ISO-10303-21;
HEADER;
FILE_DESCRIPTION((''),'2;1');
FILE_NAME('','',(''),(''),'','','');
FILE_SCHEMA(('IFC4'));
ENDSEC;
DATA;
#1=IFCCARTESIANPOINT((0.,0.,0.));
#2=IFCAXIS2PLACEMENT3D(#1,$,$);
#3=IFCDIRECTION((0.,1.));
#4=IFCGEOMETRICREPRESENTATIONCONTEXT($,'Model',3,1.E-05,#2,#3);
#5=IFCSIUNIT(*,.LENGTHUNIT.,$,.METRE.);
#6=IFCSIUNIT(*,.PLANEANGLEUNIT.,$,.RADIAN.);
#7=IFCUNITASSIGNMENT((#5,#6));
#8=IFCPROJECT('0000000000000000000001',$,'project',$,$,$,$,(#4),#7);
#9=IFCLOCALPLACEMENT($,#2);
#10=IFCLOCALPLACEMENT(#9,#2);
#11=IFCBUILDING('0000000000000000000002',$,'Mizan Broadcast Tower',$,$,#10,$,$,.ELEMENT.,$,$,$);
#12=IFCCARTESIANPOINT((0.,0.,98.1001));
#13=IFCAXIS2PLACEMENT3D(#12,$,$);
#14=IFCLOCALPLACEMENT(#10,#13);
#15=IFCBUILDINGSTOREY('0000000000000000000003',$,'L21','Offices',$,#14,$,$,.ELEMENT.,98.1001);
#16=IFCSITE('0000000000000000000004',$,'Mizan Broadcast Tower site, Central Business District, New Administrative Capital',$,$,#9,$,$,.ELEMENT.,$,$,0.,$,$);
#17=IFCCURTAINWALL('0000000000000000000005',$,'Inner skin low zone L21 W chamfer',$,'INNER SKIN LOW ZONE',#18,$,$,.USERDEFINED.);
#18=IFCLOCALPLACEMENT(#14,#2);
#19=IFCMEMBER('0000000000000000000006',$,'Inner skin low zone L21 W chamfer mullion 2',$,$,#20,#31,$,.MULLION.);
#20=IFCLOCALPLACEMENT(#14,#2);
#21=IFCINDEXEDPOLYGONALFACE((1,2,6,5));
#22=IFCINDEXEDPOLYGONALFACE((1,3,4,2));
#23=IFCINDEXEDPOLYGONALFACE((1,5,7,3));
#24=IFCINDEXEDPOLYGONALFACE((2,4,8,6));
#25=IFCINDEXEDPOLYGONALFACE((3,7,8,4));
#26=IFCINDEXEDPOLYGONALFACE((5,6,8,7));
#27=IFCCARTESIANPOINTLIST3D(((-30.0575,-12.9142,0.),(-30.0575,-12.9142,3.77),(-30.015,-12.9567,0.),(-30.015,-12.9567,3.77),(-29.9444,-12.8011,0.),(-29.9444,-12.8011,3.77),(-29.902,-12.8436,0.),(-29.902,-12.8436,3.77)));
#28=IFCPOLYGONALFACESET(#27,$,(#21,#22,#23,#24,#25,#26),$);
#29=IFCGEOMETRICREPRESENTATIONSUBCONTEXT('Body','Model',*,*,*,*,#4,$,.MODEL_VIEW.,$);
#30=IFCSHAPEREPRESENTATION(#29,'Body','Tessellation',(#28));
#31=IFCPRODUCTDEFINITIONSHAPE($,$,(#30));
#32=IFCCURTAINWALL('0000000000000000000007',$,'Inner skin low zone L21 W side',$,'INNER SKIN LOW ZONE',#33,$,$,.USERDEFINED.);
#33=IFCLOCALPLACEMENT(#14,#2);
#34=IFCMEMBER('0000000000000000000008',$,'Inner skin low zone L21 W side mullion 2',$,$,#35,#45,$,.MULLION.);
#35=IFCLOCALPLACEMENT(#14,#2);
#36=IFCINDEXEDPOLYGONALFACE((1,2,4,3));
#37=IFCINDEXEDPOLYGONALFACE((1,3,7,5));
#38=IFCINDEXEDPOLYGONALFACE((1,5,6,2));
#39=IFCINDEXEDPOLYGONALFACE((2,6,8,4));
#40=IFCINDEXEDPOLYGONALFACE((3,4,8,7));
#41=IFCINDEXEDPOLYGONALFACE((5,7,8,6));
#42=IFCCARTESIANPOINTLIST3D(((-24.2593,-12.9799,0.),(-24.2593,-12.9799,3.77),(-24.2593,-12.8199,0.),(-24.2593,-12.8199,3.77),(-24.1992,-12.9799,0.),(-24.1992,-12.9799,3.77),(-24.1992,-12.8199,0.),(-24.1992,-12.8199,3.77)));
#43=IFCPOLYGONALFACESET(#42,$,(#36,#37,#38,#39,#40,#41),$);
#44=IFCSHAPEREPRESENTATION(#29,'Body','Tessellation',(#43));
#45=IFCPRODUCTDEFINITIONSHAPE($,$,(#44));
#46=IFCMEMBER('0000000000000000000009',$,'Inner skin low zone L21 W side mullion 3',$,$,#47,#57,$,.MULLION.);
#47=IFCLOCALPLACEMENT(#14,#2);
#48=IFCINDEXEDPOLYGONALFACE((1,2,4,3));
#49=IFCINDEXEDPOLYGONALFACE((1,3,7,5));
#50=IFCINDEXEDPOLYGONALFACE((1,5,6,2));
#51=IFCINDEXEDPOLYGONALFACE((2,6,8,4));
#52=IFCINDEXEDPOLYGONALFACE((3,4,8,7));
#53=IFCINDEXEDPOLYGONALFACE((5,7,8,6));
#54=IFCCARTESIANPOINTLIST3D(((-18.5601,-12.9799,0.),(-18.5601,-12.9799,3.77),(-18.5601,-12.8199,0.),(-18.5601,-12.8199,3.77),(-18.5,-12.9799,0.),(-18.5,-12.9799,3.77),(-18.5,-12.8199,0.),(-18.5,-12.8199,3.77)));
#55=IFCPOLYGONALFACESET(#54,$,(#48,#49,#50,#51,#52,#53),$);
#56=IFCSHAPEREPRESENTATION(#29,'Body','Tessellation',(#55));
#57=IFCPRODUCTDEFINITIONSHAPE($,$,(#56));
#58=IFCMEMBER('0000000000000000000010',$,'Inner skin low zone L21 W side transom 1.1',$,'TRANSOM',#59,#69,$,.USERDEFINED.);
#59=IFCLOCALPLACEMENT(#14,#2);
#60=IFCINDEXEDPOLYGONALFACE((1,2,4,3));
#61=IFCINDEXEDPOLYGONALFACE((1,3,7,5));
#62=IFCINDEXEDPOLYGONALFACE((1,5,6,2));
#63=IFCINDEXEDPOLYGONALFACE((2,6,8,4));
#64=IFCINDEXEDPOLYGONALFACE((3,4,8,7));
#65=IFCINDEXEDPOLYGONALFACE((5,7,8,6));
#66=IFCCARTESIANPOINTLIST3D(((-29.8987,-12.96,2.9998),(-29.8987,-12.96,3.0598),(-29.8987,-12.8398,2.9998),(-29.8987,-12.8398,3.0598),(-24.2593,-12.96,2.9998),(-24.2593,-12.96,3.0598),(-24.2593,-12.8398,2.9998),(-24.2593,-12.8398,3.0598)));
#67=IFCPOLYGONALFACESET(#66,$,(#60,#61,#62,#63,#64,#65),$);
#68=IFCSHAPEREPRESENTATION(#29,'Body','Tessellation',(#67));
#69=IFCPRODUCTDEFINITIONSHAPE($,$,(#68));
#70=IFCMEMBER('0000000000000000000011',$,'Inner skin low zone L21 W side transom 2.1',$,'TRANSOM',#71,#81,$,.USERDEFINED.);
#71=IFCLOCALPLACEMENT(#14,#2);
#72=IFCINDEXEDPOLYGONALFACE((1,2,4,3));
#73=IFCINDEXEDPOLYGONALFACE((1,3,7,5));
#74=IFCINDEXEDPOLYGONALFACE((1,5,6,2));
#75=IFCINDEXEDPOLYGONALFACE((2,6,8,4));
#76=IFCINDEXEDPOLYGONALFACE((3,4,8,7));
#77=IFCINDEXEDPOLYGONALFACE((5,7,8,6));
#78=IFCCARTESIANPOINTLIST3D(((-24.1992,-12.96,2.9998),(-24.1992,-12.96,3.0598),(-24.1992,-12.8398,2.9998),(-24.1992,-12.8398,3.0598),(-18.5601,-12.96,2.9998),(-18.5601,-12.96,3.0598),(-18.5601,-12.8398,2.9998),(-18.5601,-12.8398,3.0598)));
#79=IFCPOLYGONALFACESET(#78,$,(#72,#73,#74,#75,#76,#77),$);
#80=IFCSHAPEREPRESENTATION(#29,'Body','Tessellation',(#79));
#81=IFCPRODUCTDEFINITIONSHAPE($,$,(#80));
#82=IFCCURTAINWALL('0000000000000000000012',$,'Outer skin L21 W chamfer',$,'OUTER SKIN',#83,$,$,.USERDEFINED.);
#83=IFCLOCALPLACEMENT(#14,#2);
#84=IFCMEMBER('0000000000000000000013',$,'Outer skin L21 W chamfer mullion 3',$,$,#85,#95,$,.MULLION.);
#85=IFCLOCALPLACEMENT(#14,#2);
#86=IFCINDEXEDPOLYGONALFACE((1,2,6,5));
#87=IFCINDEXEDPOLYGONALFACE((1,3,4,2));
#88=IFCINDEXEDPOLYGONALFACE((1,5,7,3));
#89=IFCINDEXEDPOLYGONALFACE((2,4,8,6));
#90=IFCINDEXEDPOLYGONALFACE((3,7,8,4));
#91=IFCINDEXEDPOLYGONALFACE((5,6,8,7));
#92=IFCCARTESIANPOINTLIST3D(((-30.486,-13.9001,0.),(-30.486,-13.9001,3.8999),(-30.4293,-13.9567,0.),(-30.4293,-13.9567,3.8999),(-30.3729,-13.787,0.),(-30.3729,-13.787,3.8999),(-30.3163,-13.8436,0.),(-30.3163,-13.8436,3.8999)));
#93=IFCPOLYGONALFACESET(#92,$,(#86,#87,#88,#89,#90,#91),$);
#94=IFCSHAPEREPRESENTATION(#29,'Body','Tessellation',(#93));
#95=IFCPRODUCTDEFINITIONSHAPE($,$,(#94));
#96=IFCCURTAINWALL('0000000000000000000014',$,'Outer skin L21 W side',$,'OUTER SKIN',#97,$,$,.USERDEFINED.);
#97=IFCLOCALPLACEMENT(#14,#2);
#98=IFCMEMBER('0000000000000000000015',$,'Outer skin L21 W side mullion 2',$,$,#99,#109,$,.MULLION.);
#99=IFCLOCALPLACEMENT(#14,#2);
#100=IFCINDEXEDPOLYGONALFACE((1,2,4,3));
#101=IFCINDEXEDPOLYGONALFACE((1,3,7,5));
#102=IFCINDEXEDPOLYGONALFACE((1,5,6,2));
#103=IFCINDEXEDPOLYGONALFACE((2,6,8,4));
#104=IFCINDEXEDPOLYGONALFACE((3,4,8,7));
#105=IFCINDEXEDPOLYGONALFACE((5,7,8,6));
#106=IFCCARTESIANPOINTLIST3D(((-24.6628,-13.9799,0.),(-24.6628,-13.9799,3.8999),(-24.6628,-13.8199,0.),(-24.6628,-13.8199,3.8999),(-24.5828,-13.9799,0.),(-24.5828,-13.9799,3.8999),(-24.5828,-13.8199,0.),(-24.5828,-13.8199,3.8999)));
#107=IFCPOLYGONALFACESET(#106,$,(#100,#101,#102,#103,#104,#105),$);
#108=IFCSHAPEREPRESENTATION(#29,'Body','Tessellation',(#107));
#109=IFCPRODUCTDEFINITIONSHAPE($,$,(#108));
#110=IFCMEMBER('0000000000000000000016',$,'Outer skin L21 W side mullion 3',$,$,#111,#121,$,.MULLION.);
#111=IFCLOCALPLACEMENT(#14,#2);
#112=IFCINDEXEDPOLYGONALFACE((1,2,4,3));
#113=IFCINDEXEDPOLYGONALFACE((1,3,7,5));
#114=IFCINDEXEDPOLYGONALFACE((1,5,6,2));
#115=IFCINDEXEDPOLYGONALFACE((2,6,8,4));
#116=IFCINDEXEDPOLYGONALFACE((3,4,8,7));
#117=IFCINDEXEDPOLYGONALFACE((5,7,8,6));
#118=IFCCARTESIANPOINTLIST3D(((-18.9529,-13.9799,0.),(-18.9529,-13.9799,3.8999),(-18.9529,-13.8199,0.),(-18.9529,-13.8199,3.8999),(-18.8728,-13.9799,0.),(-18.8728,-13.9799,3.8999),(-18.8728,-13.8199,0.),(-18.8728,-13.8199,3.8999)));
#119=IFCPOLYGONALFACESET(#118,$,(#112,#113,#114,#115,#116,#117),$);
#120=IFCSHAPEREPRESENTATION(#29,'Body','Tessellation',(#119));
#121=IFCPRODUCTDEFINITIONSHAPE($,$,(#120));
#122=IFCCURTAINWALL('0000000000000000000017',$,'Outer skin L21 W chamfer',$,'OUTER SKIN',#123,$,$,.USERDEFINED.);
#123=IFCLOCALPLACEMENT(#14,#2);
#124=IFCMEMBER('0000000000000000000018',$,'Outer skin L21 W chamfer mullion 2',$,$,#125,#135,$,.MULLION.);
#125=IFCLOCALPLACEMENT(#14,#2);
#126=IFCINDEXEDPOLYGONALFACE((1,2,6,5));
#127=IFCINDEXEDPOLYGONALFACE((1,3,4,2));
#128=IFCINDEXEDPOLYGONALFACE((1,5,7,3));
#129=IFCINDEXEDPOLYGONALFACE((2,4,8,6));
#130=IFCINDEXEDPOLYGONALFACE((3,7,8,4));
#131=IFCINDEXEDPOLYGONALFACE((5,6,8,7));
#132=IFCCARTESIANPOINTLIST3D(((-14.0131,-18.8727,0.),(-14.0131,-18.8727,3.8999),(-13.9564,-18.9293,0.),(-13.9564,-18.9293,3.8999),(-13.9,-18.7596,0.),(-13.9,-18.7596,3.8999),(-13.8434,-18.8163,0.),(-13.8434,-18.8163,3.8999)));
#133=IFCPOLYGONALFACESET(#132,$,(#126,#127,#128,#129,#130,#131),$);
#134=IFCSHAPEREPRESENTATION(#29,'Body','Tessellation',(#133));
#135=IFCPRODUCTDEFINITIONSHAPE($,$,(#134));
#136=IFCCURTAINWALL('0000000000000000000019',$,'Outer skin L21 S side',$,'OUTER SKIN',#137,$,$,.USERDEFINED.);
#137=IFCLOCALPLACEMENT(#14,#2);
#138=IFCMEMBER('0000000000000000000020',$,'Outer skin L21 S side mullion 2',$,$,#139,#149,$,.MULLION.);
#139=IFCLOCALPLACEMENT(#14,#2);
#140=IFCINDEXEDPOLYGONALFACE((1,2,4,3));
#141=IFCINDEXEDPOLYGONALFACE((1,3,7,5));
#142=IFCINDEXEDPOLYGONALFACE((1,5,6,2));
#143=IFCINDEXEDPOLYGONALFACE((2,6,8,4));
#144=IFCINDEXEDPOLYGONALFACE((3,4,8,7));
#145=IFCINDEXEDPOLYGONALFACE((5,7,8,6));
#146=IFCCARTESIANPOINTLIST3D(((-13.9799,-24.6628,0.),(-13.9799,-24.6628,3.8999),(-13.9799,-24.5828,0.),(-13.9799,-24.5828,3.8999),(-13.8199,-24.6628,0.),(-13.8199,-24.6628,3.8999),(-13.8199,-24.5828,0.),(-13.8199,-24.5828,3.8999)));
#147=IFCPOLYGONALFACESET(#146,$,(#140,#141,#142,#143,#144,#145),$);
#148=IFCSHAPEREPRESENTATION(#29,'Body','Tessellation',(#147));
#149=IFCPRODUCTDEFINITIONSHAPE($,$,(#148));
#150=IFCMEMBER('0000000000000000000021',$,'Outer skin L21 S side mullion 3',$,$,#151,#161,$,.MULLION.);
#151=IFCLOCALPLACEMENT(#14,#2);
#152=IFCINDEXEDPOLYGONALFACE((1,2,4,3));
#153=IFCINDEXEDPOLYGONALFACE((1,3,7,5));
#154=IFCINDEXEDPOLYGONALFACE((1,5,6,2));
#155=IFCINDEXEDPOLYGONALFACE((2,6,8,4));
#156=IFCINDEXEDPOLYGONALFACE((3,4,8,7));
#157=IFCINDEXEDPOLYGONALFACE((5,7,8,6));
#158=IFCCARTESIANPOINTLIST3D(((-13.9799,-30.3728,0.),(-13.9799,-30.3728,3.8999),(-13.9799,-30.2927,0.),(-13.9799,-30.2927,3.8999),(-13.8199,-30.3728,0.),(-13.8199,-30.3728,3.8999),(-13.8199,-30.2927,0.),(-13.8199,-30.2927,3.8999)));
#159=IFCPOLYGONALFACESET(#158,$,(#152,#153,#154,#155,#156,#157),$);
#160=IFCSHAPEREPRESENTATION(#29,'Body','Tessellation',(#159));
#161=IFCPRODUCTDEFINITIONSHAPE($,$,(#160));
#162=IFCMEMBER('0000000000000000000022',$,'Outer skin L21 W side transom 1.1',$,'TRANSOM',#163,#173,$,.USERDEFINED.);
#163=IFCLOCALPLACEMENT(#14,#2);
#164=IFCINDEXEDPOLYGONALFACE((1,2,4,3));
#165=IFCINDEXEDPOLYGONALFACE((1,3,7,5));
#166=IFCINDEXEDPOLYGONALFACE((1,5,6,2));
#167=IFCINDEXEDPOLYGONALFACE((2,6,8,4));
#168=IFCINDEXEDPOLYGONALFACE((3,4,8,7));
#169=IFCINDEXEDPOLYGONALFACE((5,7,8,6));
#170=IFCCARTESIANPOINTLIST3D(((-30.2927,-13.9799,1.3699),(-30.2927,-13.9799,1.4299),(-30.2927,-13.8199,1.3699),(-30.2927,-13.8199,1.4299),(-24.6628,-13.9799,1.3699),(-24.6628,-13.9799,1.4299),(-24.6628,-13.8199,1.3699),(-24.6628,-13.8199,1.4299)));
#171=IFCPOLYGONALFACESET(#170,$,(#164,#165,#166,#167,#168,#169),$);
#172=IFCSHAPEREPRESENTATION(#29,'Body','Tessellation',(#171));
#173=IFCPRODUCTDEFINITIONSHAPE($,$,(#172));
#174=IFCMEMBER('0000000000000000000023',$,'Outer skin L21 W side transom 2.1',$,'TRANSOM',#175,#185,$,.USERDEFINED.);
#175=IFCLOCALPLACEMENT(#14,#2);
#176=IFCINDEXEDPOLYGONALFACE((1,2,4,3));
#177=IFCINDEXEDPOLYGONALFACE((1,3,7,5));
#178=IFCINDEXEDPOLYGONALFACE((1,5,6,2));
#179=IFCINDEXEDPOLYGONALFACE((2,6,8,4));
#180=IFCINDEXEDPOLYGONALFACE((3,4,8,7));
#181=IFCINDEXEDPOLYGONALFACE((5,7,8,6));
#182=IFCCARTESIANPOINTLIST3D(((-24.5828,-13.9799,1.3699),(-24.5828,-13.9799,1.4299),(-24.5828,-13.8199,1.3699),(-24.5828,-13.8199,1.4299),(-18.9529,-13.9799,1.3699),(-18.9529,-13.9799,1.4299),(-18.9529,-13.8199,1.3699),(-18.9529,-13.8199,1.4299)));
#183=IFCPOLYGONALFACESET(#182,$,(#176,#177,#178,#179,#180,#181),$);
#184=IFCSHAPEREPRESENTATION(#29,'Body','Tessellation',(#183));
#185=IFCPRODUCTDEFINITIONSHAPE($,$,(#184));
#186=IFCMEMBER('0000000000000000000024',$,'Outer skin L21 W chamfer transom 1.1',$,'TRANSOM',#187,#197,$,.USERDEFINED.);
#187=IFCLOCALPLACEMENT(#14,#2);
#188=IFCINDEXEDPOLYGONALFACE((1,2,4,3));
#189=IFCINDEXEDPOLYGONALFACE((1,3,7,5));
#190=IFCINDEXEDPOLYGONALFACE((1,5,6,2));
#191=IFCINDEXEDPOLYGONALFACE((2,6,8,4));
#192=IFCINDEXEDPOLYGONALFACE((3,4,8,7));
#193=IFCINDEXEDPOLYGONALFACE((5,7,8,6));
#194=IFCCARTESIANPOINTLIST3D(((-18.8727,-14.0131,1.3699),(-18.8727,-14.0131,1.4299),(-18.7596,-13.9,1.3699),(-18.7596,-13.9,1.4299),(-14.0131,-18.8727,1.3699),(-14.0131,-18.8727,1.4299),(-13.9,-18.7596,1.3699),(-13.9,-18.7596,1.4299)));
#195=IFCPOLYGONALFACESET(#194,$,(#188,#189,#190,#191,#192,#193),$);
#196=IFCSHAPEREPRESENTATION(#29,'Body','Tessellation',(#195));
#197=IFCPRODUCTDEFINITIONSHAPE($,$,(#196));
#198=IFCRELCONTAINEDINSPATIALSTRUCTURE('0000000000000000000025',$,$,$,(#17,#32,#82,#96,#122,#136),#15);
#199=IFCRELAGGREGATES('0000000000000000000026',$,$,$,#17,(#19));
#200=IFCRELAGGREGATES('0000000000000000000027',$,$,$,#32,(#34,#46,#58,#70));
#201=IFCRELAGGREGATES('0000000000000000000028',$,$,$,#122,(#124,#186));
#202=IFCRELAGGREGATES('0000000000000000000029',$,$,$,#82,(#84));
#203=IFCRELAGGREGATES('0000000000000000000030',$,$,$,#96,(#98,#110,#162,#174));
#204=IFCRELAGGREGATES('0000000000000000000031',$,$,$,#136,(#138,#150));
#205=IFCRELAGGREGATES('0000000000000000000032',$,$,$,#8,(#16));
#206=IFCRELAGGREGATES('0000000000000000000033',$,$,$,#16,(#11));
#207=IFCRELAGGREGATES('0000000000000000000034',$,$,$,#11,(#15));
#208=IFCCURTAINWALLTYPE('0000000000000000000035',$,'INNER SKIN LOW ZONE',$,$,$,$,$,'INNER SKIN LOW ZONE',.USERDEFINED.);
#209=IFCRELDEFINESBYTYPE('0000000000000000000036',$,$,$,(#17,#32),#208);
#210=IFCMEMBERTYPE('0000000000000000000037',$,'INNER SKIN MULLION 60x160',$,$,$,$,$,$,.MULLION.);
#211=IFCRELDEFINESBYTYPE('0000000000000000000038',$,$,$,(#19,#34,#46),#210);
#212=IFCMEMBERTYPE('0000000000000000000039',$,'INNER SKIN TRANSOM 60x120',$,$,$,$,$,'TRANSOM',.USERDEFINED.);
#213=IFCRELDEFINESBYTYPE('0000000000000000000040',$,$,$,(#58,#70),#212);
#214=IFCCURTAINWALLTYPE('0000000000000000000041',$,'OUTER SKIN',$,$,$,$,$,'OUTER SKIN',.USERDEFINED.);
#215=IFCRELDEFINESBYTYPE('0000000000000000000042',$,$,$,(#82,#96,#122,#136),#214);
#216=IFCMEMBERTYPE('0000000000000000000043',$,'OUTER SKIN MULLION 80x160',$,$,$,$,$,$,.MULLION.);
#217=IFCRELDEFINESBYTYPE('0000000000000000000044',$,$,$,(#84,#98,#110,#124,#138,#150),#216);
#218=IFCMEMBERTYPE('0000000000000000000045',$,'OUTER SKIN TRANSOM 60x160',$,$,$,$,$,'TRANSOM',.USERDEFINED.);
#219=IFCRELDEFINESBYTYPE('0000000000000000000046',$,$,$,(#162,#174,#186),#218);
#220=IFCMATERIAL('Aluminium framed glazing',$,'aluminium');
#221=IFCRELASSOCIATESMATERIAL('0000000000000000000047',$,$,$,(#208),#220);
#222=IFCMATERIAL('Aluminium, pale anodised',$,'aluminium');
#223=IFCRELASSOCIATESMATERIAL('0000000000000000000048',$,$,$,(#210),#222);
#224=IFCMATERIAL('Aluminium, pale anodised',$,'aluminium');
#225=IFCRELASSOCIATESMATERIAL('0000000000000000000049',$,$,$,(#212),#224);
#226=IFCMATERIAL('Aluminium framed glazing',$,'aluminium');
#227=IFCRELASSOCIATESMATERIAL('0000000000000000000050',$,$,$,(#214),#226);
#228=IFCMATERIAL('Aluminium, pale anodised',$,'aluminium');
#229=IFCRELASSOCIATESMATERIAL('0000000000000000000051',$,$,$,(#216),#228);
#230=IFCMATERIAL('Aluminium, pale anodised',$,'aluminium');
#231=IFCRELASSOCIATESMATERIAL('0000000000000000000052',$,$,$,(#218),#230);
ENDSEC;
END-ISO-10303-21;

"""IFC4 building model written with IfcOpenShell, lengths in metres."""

from ifc_helpers import new_model, si_unit, direction, frame, origin, origin_2d, place, context, subcontext, project, spatial, rectangle, extrude, material, material_profile, profile_set, type_object, element, aggregate, save


model = new_model("IFC4")

# Units and contexts
model_context = context("Model", 3, precision=1e-05, world=origin(), true_north=direction((0.0, 1.0)))
body_context = subcontext(model_context, "Body", "Model", "MODEL_VIEW")
ifc_project = project(units=[si_unit("LENGTHUNIT", "METRE"), si_unit("PLANEANGLEUNIT", "RADIAN")], contexts=[model_context])

# Site, building, storey
site_placement = place(None, origin())
site = spatial("IfcSite", under=ifc_project, at=site_placement, Name="Mizan Broadcast Tower site, Central Business District, New Administrative Capital", CompositionType="ELEMENT", RefElevation=0.0)
building_placement = place(site_placement, origin())
building = spatial("IfcBuilding", under=site, at=building_placement, Name="Mizan Broadcast Tower", CompositionType="ELEMENT")
storey_placement = place(building_placement, frame((0.0, 0.0, 98.1001)))
storey = spatial("IfcBuildingStorey", under=building, at=storey_placement, Name="L21", Description="Offices", CompositionType="ELEMENT", Elevation=98.1001)

# Curtain wall, member
ifc_material_1 = material(Name="Aluminium framed glazing", Category="aluminium")
curtain_wall_type_1 = type_object("IfcCurtainWallType", Name="INNER SKIN LOW ZONE", ElementType="INNER SKIN LOW ZONE", PredefinedType="USERDEFINED", material=ifc_material_1)
curtain_wall_1_placement = place(storey_placement, origin())
curtain_wall_1 = element("IfcCurtainWall", 1, at=curtain_wall_1_placement, inside=storey, type_object=curtain_wall_type_1, Name="Inner skin low zone L21 W chamfer", ObjectType="INNER SKIN LOW ZONE", PredefinedType="USERDEFINED")
ifc_material_2 = material(Name="Aluminium, pale anodised", Category="aluminium")
ifc_material_profile_1 = material_profile(ifc_material_2, rectangle(XDim=0.1599, YDim=0.0601, at=origin_2d()), Name="MULLION 160x60")
ifc_profile_set_1 = profile_set([ifc_material_profile_1], Name="Aluminium, pale anodised")
member_type_1 = type_object("IfcMemberType", Name="INNER SKIN MULLION 60x160", PredefinedType="MULLION", material=ifc_profile_set_1)
member_1_placement = place(storey_placement, frame((-29.9797, -12.8789, 0.0), z_axis=(0.0, 0.0, 1.0), x_axis=(0.707107, 0.707107, 0.0)))
member_1 = element("IfcMember", 2, at=member_1_placement, type_object=member_type_1, Name="Inner skin low zone L21 W chamfer mullion 2", PredefinedType="MULLION", context=body_context, shape_type="SweptSolid", body=[
    extrude(rectangle(XDim=0.1599, YDim=0.0601, at=origin_2d()), origin(), (0.0, 0.0, 1.0), 3.77),
])
aggregate(curtain_wall_1, [member_1])

# Curtain wall, members
curtain_wall_2_placement = place(storey_placement, origin())
curtain_wall_2 = element("IfcCurtainWall", 3, at=curtain_wall_2_placement, inside=storey, type_object=curtain_wall_type_1, Name="Inner skin low zone L21 W side", ObjectType="INNER SKIN LOW ZONE", PredefinedType="USERDEFINED")
member_2_placement = place(storey_placement, frame((-24.2292, -12.8999, 0.0), z_axis=(0.0, 0.0, 1.0), x_axis=(0.0, 1.0, 0.0)))
member_2 = element("IfcMember", 4, at=member_2_placement, type_object=member_type_1, Name="Inner skin low zone L21 W side mullion 2", PredefinedType="MULLION", context=body_context, shape_type="SweptSolid", body=[
    extrude(rectangle(XDim=0.1599, YDim=0.0601, at=origin_2d()), origin(), (0.0, 0.0, 1.0), 3.77),
])
member_3_placement = place(storey_placement, frame((-18.53, -12.8999, 0.0), z_axis=(0.0, 0.0, 1.0), x_axis=(0.0, 1.0, 0.0)))
member_3 = element("IfcMember", 5, at=member_3_placement, type_object=member_type_1, Name="Inner skin low zone L21 W side mullion 3", PredefinedType="MULLION", context=body_context, shape_type="SweptSolid", body=[
    extrude(rectangle(XDim=0.1599, YDim=0.0601, at=origin_2d()), origin(), (0.0, 0.0, 1.0), 3.77),
])
ifc_material_3 = material(Name="Aluminium, pale anodised", Category="aluminium")
ifc_material_profile_2 = material_profile(ifc_material_3, rectangle(XDim=0.1201, YDim=0.0601, at=origin_2d()), Name="TRANSOM 120x60")
ifc_profile_set_2 = profile_set([ifc_material_profile_2], Name="Aluminium, pale anodised")
member_type_2 = type_object("IfcMemberType", Name="INNER SKIN TRANSOM 60x120", ElementType="TRANSOM", PredefinedType="USERDEFINED", material=ifc_profile_set_2)
member_4_placement = place(storey_placement, frame((-29.8987, -12.8999, 3.0298), z_axis=(1.0, 0.0, 0.0), x_axis=(0.0, 1.0, 0.0)))
member_4 = element("IfcMember", 6, at=member_4_placement, type_object=member_type_2, Name="Inner skin low zone L21 W side transom 1.1", ObjectType="TRANSOM", PredefinedType="USERDEFINED", context=body_context, shape_type="SweptSolid", body=[
    extrude(rectangle(XDim=0.1201, YDim=0.0601, at=origin_2d()), origin(), (0.0, 0.0, 1.0), 5.6394),
])
member_5_placement = place(storey_placement, frame((-24.1992, -12.8999, 3.0298), z_axis=(1.0, 0.0, 0.0), x_axis=(0.0, 1.0, 0.0)))
member_5 = element("IfcMember", 7, at=member_5_placement, type_object=member_type_2, Name="Inner skin low zone L21 W side transom 2.1", ObjectType="TRANSOM", PredefinedType="USERDEFINED", context=body_context, shape_type="SweptSolid", body=[
    extrude(rectangle(XDim=0.1201, YDim=0.0601, at=origin_2d()), origin(), (0.0, 0.0, 1.0), 5.6392),
])

# Curtain wall, member
ifc_material_4 = material(Name="Aluminium framed glazing", Category="aluminium")
curtain_wall_type_2 = type_object("IfcCurtainWallType", Name="OUTER SKIN", ElementType="OUTER SKIN", PredefinedType="USERDEFINED", material=ifc_material_4)
curtain_wall_3_placement = place(storey_placement, origin())
curtain_wall_3 = element("IfcCurtainWall", 8, at=curtain_wall_3_placement, inside=storey, type_object=curtain_wall_type_2, Name="Outer skin L21 W chamfer", ObjectType="OUTER SKIN", PredefinedType="USERDEFINED")
ifc_material_5 = material(Name="Aluminium, pale anodised", Category="aluminium")
ifc_material_profile_3 = material_profile(ifc_material_5, rectangle(XDim=0.1599, YDim=0.0801, at=origin_2d()), Name="MULLION 160x80")
ifc_profile_set_3 = profile_set([ifc_material_profile_3], Name="Aluminium, pale anodised")
member_type_3 = type_object("IfcMemberType", Name="OUTER SKIN MULLION 80x160", PredefinedType="MULLION", material=ifc_profile_set_3)
member_6_placement = place(storey_placement, frame((-30.4011, -13.8718, 0.0), z_axis=(0.0, 0.0, 1.0), x_axis=(0.707107, 0.707107, 0.0)))
member_6 = element("IfcMember", 9, at=member_6_placement, type_object=member_type_3, Name="Outer skin L21 W chamfer mullion 3", PredefinedType="MULLION", context=body_context, shape_type="SweptSolid", body=[
    extrude(rectangle(XDim=0.1599, YDim=0.0801, at=origin_2d()), origin(), (0.0, 0.0, 1.0), 3.8999),
])

# Curtain wall, members
curtain_wall_4_placement = place(storey_placement, origin())
curtain_wall_4 = element("IfcCurtainWall", 10, at=curtain_wall_4_placement, inside=storey, type_object=curtain_wall_type_2, Name="Outer skin L21 W side", ObjectType="OUTER SKIN", PredefinedType="USERDEFINED")
member_7_placement = place(storey_placement, frame((-24.6228, -13.8999, 0.0), z_axis=(0.0, 0.0, 1.0), x_axis=(0.0, 1.0, 0.0)))
member_7 = element("IfcMember", 11, at=member_7_placement, type_object=member_type_3, Name="Outer skin L21 W side mullion 2", PredefinedType="MULLION", context=body_context, shape_type="SweptSolid", body=[
    extrude(rectangle(XDim=0.1599, YDim=0.0801, at=origin_2d()), origin(), (0.0, 0.0, 1.0), 3.8999),
])
member_8_placement = place(storey_placement, frame((-18.9128, -13.8999, 0.0), z_axis=(0.0, 0.0, 1.0), x_axis=(0.0, 1.0, 0.0)))
member_8 = element("IfcMember", 12, at=member_8_placement, type_object=member_type_3, Name="Outer skin L21 W side mullion 3", PredefinedType="MULLION", context=body_context, shape_type="SweptSolid", body=[
    extrude(rectangle(XDim=0.1599, YDim=0.0801, at=origin_2d()), origin(), (0.0, 0.0, 1.0), 3.8999),
])

# Curtain wall, member
curtain_wall_5_placement = place(storey_placement, origin())
curtain_wall_5 = element("IfcCurtainWall", 13, at=curtain_wall_5_placement, inside=storey, type_object=curtain_wall_type_2, Name="Outer skin L21 W chamfer", ObjectType="OUTER SKIN", PredefinedType="USERDEFINED")
member_9_placement = place(storey_placement, frame((-13.9282, -18.8445, 0.0), z_axis=(0.0, 0.0, 1.0), x_axis=(0.707107, 0.707107, 0.0)))
member_9 = element("IfcMember", 14, at=member_9_placement, type_object=member_type_3, Name="Outer skin L21 W chamfer mullion 2", PredefinedType="MULLION", context=body_context, shape_type="SweptSolid", body=[
    extrude(rectangle(XDim=0.1599, YDim=0.0801, at=origin_2d()), origin(), (0.0, 0.0, 1.0), 3.8999),
])

# Curtain wall, members
curtain_wall_6_placement = place(storey_placement, origin())
curtain_wall_6 = element("IfcCurtainWall", 15, at=curtain_wall_6_placement, inside=storey, type_object=curtain_wall_type_2, Name="Outer skin L21 S side", ObjectType="OUTER SKIN", PredefinedType="USERDEFINED")
member_10_placement = place(storey_placement, frame((-13.8999, -24.6228, 0.0), z_axis=(0.0, 0.0, 1.0), x_axis=(1.0, 0.0, 0.0)))
member_10 = element("IfcMember", 16, at=member_10_placement, type_object=member_type_3, Name="Outer skin L21 S side mullion 2", PredefinedType="MULLION", context=body_context, shape_type="SweptSolid", body=[
    extrude(rectangle(XDim=0.1599, YDim=0.0801, at=origin_2d()), origin(), (0.0, 0.0, 1.0), 3.8999),
])
member_11_placement = place(storey_placement, frame((-13.8999, -30.3328, 0.0), z_axis=(0.0, 0.0, 1.0), x_axis=(1.0, 0.0, 0.0)))
member_11 = element("IfcMember", 17, at=member_11_placement, type_object=member_type_3, Name="Outer skin L21 S side mullion 3", PredefinedType="MULLION", context=body_context, shape_type="SweptSolid", body=[
    extrude(rectangle(XDim=0.1599, YDim=0.0801, at=origin_2d()), origin(), (0.0, 0.0, 1.0), 3.8999),
])

# Members
ifc_material_6 = material(Name="Aluminium, pale anodised", Category="aluminium")
ifc_material_profile_4 = material_profile(ifc_material_6, rectangle(XDim=0.1599, YDim=0.0601, at=origin_2d()), Name="TRANSOM 160x60")
ifc_profile_set_4 = profile_set([ifc_material_profile_4], Name="Aluminium, pale anodised")
member_type_4 = type_object("IfcMemberType", Name="OUTER SKIN TRANSOM 60x160", ElementType="TRANSOM", PredefinedType="USERDEFINED", material=ifc_profile_set_4)
member_12_placement = place(storey_placement, frame((-30.2927, -13.8999, 1.3999), z_axis=(1.0, 0.0, 0.0), x_axis=(0.0, 1.0, 0.0)))
member_12 = element("IfcMember", 18, at=member_12_placement, type_object=member_type_4, Name="Outer skin L21 W side transom 1.1", ObjectType="TRANSOM", PredefinedType="USERDEFINED", context=body_context, shape_type="SweptSolid", body=[
    extrude(rectangle(XDim=0.1599, YDim=0.0601, at=origin_2d()), origin(), (0.0, 0.0, 1.0), 5.6299),
])
member_13_placement = place(storey_placement, frame((-24.5828, -13.8999, 1.3999), z_axis=(1.0, 0.0, 0.0), x_axis=(0.0, 1.0, 0.0)))
member_13 = element("IfcMember", 19, at=member_13_placement, type_object=member_type_4, Name="Outer skin L21 W side transom 2.1", ObjectType="TRANSOM", PredefinedType="USERDEFINED", context=body_context, shape_type="SweptSolid", body=[
    extrude(rectangle(XDim=0.1599, YDim=0.0601, at=origin_2d()), origin(), (0.0, 0.0, 1.0), 5.6299),
])
member_14_placement = place(storey_placement, frame((-18.8162, -13.9565, 1.3999), z_axis=(0.707107, -0.707107, 0.0), x_axis=(0.707107, 0.707107, 0.0)))
member_14 = element("IfcMember", 20, at=member_14_placement, type_object=member_type_4, Name="Outer skin L21 W chamfer transom 1.1", ObjectType="TRANSOM", PredefinedType="USERDEFINED", context=body_context, shape_type="SweptSolid", body=[
    extrude(rectangle(XDim=0.1599, YDim=0.0601, at=origin_2d()), origin(), (0.0, 0.0, 1.0), 6.8726),
])

aggregate(curtain_wall_2, [member_2, member_3, member_4, member_5])
aggregate(curtain_wall_5, [member_9, member_14])
aggregate(curtain_wall_3, [member_6])
aggregate(curtain_wall_4, [member_7, member_8, member_12, member_13])
aggregate(curtain_wall_6, [member_10, member_11])

save(model, "model.ifc")
